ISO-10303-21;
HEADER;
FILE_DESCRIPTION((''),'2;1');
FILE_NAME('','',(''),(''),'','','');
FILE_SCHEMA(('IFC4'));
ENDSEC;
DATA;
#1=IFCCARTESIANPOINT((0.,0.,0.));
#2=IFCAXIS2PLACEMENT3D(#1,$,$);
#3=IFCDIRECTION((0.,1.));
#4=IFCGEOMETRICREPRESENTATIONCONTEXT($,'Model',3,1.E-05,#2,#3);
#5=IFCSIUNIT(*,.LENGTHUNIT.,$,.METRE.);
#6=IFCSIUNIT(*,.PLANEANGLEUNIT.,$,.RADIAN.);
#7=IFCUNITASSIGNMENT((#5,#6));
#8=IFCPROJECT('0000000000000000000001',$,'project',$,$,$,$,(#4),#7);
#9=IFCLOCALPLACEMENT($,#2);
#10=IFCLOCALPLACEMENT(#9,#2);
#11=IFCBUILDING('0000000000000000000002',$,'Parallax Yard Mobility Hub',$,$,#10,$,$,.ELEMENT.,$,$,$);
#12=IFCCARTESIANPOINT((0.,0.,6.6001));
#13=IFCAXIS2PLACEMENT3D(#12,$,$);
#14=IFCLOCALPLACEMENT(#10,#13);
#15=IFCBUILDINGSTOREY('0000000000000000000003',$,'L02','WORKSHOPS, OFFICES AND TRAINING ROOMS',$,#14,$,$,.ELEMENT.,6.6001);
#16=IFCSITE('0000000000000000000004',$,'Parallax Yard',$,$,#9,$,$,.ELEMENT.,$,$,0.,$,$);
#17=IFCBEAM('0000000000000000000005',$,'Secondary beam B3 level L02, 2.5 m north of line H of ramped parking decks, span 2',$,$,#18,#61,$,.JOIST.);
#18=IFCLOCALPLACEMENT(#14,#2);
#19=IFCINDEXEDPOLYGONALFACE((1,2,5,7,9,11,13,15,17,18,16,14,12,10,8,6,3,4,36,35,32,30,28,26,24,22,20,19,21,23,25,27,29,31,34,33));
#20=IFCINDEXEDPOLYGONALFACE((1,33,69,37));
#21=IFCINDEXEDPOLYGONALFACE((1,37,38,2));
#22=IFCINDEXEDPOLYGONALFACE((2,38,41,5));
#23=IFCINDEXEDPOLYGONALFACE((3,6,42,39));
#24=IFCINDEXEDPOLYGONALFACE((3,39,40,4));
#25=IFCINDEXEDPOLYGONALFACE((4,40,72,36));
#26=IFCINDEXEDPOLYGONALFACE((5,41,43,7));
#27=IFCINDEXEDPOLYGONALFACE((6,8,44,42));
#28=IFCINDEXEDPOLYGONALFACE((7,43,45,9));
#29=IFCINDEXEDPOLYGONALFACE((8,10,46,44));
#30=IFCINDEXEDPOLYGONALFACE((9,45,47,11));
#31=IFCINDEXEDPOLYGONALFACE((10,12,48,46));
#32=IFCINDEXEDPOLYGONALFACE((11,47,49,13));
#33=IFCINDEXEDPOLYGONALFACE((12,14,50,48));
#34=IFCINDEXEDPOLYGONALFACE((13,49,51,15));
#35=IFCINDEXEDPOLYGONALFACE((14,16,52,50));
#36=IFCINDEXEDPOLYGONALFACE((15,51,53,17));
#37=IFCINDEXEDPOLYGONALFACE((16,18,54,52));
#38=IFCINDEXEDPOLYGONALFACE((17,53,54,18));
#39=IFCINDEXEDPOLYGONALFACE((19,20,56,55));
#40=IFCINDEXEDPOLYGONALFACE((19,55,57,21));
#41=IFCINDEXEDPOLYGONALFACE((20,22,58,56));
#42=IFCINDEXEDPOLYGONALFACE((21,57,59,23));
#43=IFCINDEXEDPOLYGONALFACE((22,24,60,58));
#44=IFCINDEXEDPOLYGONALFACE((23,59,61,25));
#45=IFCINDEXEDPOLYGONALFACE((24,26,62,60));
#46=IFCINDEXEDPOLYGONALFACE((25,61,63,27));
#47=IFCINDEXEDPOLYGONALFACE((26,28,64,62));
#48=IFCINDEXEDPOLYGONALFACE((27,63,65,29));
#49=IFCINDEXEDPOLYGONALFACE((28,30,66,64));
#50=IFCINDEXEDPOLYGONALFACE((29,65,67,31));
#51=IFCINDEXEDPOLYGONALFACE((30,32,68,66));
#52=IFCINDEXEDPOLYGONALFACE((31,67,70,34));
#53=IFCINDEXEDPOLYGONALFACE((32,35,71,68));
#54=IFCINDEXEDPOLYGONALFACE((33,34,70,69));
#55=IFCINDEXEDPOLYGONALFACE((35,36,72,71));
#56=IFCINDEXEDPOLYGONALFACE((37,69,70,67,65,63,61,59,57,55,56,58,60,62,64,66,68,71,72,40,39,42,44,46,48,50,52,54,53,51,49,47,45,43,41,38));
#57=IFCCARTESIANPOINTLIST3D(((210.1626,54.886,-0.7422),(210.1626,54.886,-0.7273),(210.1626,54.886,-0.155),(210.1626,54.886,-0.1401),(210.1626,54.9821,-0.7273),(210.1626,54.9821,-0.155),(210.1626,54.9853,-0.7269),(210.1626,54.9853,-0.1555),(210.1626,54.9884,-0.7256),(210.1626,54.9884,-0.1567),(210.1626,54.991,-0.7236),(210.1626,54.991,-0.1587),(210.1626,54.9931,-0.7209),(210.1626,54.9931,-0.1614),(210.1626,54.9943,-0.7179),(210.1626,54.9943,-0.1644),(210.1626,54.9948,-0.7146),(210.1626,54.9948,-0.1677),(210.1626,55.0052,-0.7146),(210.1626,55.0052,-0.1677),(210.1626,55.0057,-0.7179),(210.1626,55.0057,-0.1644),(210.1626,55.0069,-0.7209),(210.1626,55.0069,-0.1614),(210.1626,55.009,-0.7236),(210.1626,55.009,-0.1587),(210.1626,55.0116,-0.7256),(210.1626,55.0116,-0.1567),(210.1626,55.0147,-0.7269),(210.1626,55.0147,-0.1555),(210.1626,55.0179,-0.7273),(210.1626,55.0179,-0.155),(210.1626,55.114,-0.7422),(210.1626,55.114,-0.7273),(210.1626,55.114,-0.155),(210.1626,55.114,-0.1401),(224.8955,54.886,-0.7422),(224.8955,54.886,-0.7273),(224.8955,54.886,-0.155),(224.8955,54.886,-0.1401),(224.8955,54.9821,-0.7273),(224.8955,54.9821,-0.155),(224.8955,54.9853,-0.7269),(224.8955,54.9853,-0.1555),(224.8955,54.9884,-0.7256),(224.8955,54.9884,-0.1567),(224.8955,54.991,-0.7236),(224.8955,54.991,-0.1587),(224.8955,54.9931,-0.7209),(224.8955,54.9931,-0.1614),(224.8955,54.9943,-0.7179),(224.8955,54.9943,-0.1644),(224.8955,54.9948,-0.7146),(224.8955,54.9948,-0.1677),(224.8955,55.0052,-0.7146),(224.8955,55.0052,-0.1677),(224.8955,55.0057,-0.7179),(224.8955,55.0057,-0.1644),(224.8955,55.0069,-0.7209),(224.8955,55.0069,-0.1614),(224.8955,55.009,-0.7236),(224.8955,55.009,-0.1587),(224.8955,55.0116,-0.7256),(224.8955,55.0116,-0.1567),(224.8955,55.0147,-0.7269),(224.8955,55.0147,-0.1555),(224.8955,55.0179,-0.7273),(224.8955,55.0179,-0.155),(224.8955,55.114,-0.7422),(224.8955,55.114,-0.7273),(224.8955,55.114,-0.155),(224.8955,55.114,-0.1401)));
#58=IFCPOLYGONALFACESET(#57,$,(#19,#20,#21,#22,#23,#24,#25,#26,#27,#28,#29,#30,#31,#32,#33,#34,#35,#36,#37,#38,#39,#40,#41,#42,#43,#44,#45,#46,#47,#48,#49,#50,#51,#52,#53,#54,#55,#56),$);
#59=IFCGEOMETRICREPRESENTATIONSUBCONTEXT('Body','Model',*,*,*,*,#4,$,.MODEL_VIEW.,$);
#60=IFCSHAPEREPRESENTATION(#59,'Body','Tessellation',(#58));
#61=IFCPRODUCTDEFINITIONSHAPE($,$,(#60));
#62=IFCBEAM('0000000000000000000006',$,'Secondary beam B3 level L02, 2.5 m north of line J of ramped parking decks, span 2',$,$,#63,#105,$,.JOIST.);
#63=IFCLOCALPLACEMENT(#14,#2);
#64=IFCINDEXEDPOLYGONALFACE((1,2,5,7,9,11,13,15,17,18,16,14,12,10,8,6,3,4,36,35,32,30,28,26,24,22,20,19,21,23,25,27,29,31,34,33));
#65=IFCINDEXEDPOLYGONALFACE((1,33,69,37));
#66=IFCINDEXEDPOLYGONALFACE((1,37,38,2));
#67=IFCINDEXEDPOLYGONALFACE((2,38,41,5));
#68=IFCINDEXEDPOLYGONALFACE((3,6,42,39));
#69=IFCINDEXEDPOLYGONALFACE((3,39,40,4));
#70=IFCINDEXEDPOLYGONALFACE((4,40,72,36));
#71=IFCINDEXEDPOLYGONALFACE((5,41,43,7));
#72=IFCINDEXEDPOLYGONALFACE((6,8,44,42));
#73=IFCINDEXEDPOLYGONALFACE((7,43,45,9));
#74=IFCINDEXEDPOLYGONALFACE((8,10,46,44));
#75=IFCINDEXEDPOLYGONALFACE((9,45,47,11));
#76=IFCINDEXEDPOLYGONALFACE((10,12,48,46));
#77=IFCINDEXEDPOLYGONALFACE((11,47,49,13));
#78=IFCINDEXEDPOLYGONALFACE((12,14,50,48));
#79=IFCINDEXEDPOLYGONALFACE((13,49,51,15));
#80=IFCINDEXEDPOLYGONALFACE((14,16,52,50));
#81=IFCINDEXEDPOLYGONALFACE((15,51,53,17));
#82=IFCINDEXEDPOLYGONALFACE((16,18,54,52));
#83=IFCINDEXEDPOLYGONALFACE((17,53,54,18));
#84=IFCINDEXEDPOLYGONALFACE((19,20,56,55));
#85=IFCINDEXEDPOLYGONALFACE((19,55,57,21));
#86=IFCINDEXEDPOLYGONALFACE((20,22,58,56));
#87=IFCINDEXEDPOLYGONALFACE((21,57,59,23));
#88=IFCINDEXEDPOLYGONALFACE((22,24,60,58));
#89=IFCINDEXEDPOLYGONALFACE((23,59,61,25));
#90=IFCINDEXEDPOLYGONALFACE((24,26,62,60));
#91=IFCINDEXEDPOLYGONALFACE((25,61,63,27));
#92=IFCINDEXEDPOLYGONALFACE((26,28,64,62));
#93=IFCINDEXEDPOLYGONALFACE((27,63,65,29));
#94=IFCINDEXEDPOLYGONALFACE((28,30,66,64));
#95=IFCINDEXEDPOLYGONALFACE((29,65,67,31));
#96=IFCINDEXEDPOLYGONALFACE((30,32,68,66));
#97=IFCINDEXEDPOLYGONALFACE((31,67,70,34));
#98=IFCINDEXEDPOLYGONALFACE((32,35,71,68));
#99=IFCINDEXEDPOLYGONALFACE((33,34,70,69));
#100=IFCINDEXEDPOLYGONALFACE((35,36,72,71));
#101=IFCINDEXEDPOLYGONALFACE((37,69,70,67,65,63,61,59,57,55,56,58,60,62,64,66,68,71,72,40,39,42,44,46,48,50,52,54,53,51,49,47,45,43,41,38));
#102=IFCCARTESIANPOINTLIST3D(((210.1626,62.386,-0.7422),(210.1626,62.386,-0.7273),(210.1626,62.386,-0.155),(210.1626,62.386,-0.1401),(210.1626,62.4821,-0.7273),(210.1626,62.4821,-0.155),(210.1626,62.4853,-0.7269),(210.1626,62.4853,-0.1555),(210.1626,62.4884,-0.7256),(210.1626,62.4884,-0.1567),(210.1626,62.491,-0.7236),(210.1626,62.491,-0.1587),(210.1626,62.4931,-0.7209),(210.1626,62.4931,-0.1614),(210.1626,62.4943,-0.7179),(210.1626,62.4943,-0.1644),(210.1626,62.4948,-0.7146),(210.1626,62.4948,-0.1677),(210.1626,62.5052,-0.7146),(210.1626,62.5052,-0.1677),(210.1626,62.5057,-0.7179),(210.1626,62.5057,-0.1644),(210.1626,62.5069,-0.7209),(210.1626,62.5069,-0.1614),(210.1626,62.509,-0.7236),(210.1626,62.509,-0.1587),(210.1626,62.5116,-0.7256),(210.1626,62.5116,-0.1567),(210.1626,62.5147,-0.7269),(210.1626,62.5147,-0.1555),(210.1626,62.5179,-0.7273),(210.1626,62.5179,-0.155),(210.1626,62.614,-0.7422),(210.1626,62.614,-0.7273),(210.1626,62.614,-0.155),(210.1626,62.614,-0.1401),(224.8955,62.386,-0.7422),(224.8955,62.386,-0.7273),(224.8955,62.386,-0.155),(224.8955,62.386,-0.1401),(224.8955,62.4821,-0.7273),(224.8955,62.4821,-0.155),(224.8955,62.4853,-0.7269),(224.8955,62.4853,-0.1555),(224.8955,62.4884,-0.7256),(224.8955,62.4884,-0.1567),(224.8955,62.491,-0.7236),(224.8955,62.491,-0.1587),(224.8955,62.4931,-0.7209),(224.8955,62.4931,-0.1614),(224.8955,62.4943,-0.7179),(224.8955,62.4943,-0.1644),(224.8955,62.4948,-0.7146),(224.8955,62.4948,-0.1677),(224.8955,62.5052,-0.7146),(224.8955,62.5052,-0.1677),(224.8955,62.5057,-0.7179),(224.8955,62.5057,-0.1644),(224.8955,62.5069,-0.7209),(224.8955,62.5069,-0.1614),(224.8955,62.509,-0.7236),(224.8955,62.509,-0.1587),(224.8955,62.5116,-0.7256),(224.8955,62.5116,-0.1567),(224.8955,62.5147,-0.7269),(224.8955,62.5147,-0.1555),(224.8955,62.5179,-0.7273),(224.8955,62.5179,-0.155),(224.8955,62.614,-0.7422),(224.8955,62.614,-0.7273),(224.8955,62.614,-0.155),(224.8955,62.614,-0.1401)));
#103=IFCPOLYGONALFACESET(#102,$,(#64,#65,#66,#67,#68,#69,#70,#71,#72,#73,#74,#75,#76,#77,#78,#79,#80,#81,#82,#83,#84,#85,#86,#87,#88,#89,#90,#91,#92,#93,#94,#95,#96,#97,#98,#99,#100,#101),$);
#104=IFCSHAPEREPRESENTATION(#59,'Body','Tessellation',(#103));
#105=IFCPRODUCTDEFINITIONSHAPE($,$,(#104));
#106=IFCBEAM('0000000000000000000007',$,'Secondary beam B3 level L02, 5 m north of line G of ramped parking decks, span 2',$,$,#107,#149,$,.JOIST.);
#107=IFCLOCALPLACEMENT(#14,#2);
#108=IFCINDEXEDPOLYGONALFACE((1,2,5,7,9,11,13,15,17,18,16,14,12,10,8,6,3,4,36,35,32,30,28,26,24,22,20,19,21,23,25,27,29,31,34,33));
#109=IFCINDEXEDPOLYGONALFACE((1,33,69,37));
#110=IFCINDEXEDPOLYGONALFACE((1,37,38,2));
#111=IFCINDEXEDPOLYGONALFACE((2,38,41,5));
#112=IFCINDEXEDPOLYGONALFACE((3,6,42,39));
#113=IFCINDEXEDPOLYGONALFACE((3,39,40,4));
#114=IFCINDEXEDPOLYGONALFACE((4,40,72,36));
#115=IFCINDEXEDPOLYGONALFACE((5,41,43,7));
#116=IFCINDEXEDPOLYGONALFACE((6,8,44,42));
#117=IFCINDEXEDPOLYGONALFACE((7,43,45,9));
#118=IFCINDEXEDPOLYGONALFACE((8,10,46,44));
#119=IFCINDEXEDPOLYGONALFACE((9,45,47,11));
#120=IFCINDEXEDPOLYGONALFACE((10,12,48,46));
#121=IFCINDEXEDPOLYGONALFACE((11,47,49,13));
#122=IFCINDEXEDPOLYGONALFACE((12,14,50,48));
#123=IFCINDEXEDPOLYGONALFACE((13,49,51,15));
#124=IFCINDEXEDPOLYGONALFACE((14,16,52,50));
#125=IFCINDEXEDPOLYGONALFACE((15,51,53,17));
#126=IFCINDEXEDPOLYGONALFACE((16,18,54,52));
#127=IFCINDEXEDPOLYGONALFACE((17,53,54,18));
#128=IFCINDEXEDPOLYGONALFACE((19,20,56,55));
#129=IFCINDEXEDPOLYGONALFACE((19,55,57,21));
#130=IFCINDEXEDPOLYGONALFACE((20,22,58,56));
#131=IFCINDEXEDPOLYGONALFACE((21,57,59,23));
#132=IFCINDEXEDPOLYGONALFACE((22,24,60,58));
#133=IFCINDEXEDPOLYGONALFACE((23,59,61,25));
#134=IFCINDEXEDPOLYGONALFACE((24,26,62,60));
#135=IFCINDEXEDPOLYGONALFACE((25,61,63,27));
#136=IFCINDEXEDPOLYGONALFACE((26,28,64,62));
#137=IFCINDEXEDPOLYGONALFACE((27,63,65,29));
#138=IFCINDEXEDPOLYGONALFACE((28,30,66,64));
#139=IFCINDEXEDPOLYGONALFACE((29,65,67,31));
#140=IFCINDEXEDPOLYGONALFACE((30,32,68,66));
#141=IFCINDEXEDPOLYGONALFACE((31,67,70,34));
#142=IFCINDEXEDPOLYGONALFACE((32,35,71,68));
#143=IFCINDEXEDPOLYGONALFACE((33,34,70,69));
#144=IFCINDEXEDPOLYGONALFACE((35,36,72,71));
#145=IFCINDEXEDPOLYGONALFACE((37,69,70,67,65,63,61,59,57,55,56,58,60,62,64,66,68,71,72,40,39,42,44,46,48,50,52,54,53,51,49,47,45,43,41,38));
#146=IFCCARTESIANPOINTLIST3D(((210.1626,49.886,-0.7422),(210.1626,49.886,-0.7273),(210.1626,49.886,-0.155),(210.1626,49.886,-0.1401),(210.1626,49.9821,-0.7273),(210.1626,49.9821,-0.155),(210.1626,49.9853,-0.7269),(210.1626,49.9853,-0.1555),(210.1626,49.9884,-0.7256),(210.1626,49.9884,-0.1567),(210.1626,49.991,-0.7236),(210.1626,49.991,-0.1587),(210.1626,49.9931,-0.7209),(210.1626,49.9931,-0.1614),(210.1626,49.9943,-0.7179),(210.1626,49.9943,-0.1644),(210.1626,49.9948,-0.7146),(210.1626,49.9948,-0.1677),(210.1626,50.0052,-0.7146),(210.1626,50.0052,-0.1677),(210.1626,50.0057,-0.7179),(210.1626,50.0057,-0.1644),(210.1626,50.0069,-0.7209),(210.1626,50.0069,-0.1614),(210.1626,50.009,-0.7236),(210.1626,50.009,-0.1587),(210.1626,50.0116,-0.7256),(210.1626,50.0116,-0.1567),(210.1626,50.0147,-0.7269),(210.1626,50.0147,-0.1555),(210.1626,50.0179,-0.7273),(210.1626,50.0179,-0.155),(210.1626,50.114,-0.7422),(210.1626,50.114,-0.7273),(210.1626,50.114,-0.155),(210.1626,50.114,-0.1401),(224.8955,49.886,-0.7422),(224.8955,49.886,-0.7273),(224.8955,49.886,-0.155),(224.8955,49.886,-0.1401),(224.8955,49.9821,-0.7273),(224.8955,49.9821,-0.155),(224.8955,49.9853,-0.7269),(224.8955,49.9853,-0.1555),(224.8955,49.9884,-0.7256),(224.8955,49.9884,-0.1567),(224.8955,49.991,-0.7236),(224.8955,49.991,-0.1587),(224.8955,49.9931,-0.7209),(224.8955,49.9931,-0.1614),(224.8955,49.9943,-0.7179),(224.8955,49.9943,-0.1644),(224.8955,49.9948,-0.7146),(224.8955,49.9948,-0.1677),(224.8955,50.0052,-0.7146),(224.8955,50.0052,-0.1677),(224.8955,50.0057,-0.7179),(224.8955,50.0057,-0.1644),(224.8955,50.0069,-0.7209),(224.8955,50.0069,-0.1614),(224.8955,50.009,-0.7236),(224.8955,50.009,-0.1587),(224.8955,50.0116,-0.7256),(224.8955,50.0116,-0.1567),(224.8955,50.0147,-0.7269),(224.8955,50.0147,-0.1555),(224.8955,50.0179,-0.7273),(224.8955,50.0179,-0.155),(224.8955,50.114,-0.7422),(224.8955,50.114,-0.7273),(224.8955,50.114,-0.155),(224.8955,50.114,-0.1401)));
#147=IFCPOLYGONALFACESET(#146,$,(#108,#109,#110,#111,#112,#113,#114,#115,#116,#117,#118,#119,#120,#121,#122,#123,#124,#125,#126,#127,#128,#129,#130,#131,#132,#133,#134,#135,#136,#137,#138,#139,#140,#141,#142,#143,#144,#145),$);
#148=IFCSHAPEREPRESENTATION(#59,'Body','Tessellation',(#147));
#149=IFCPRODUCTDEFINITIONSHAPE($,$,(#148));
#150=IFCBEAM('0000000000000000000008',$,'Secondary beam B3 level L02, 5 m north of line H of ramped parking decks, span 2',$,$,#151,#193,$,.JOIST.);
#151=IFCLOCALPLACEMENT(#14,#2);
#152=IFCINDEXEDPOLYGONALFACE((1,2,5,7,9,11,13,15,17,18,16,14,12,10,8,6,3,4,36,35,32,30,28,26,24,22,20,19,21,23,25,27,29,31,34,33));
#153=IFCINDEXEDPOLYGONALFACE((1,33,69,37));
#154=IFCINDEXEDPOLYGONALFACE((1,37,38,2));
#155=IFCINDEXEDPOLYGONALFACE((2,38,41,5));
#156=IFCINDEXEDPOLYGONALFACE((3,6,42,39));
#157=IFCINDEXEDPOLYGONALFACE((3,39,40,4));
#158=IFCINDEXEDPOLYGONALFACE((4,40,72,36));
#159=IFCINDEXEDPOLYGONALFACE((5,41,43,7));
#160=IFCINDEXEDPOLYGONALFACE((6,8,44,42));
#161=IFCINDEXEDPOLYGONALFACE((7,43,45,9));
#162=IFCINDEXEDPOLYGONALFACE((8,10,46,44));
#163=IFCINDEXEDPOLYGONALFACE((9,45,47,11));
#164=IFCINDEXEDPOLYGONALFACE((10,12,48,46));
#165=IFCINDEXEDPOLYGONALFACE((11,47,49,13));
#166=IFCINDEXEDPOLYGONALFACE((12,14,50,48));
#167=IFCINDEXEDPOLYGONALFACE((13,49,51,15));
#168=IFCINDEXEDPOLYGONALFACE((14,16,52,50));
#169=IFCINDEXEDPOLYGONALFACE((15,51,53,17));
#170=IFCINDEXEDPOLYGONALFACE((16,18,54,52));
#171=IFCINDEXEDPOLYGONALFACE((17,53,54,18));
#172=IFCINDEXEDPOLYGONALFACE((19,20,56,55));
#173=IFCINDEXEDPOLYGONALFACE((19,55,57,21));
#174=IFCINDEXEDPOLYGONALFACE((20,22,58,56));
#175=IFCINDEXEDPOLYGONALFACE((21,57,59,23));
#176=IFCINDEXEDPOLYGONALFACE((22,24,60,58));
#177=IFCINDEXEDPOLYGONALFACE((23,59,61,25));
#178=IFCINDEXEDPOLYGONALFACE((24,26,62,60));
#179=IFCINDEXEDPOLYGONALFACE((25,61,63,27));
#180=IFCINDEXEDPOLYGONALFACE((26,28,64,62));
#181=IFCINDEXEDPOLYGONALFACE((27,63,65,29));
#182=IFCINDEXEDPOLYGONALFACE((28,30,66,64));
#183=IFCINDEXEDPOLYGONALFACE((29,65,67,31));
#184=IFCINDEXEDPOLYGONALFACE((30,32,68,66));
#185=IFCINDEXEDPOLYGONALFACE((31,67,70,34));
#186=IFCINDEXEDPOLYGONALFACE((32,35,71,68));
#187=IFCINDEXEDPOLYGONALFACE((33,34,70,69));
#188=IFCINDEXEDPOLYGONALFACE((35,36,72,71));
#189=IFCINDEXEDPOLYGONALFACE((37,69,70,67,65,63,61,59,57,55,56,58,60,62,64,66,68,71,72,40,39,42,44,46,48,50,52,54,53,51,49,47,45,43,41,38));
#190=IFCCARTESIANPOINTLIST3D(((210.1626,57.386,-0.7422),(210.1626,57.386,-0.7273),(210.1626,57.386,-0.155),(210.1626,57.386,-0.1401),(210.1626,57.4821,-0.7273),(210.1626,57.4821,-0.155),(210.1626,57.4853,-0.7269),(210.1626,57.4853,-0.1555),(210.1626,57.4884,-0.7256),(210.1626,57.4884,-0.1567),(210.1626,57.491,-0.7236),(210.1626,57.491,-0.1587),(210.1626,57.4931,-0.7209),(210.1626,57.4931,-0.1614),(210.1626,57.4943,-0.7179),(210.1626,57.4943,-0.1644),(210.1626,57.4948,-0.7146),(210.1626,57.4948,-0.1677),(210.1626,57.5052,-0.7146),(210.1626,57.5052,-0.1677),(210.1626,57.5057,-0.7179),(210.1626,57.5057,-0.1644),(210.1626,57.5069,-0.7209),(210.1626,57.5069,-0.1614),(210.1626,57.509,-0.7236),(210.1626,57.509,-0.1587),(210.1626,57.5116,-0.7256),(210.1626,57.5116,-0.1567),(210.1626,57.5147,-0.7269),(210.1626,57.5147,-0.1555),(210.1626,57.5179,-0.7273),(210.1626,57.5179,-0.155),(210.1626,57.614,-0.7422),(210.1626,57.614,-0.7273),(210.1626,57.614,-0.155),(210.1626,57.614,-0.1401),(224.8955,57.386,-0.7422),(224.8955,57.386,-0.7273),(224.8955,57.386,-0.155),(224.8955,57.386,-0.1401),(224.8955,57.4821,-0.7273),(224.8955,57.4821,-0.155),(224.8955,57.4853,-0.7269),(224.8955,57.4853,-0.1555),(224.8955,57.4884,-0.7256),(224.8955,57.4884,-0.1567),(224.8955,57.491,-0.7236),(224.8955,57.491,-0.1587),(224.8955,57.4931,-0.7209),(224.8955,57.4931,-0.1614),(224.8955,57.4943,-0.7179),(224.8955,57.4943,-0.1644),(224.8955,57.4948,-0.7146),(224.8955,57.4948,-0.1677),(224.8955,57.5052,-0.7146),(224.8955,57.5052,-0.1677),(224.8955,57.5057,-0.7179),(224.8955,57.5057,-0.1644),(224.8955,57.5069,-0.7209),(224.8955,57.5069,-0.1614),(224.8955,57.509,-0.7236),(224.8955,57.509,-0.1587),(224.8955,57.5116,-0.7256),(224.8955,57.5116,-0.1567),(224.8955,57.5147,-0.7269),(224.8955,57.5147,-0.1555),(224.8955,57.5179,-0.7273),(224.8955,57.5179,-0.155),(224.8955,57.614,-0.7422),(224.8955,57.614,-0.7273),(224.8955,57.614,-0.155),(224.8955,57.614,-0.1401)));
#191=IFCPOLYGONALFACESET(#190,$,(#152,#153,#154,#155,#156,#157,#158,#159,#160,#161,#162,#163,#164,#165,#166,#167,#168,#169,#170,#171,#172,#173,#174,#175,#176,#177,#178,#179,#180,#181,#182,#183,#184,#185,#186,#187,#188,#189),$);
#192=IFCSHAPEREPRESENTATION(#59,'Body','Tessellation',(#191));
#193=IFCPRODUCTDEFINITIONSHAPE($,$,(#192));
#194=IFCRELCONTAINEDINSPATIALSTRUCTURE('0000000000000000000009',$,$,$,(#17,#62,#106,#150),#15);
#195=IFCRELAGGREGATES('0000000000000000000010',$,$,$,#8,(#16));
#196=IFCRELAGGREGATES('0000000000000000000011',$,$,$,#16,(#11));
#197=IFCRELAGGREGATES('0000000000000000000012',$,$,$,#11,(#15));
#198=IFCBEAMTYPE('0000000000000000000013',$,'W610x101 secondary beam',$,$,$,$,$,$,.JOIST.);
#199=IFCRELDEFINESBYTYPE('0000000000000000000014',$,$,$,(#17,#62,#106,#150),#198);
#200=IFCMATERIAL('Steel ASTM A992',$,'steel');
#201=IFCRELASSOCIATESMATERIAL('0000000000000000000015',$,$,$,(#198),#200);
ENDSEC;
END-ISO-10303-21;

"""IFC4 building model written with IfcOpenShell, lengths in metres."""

from ifc_helpers import new_model, si_unit, direction, frame, origin, origin_2d, place, context, subcontext, project, spatial, i_section, extrude, material, material_profile, profile_set, type_object, element, save


model = new_model("IFC4")

# Units and contexts
model_context = context("Model", 3, precision=1e-05, world=origin(), true_north=direction((0.0, 1.0)))
body_context = subcontext(model_context, "Body", "Model", "MODEL_VIEW")
ifc_project = project(units=[si_unit("LENGTHUNIT", "METRE"), si_unit("PLANEANGLEUNIT", "RADIAN")], contexts=[model_context])

# Site, building, storey
site_placement = place(None, origin())
site = spatial("IfcSite", under=ifc_project, at=site_placement, Name="Parallax Yard", CompositionType="ELEMENT", RefElevation=0.0)
building_placement = place(site_placement, origin())
building = spatial("IfcBuilding", under=site, at=building_placement, Name="Parallax Yard Mobility Hub", CompositionType="ELEMENT")
storey_placement = place(building_placement, frame((0.0, 0.0, 6.6001)))
storey = spatial("IfcBuildingStorey", under=building, at=storey_placement, Name="L02", Description="WORKSHOPS, OFFICES AND TRAINING ROOMS", CompositionType="ELEMENT", Elevation=6.6001)

# Shared definitions
ifc_material_1 = material(Name="Steel ASTM A992", Category="steel")

# Beams
ifc_material_profile_1 = material_profile(ifc_material_1, i_section(OverallWidth=0.228, OverallDepth=0.6021, WebThickness=0.0105, FlangeThickness=0.0149, FilletRadius=0.0127, at=origin_2d()), Name="W610x101")
ifc_profile_set_1 = profile_set([ifc_material_profile_1], Name="Steel ASTM A992")
beam_type_1 = type_object("IfcBeamType", Name="W610x101 secondary beam", PredefinedType="JOIST", material=ifc_profile_set_1)
for number, where, z_axis, x_axis, name in (
    (1, (210.1626, 55.0, -0.4412), (1.0, 0.0, 0.0), (0.0, 1.0, 0.0), "Secondary beam B3 level L02, 2.5 m north of line H of ramped parking decks, span 2"),
    (2, (210.1626, 62.5, -0.4412), (1.0, 0.0, 0.0), (0.0, 1.0, 0.0), "Secondary beam B3 level L02, 2.5 m north of line J of ramped parking decks, span 2"),
    (3, (210.1626, 50.0, -0.4412), (1.0, 0.0, 0.0), (0.0, 1.0, 0.0), "Secondary beam B3 level L02, 5 m north of line G of ramped parking decks, span 2"),
    (4, (210.1626, 57.5, -0.4412), (1.0, 0.0, 0.0), (0.0, 1.0, 0.0), "Secondary beam B3 level L02, 5 m north of line H of ramped parking decks, span 2"),
):
    element("IfcBeam", number, at=place(storey_placement, frame(where, z_axis=z_axis, x_axis=x_axis)), inside=storey, type_object=beam_type_1, Name=name, PredefinedType="JOIST", context=body_context, shape_type="SweptSolid", body=[
        extrude(i_section(OverallWidth=0.228, OverallDepth=0.6021, WebThickness=0.0105, FlangeThickness=0.0149, FilletRadius=0.0127, at=origin_2d()), origin(), (0.0, 0.0, 1.0), 14.7329),
    ])

save(model, "model.ifc")
